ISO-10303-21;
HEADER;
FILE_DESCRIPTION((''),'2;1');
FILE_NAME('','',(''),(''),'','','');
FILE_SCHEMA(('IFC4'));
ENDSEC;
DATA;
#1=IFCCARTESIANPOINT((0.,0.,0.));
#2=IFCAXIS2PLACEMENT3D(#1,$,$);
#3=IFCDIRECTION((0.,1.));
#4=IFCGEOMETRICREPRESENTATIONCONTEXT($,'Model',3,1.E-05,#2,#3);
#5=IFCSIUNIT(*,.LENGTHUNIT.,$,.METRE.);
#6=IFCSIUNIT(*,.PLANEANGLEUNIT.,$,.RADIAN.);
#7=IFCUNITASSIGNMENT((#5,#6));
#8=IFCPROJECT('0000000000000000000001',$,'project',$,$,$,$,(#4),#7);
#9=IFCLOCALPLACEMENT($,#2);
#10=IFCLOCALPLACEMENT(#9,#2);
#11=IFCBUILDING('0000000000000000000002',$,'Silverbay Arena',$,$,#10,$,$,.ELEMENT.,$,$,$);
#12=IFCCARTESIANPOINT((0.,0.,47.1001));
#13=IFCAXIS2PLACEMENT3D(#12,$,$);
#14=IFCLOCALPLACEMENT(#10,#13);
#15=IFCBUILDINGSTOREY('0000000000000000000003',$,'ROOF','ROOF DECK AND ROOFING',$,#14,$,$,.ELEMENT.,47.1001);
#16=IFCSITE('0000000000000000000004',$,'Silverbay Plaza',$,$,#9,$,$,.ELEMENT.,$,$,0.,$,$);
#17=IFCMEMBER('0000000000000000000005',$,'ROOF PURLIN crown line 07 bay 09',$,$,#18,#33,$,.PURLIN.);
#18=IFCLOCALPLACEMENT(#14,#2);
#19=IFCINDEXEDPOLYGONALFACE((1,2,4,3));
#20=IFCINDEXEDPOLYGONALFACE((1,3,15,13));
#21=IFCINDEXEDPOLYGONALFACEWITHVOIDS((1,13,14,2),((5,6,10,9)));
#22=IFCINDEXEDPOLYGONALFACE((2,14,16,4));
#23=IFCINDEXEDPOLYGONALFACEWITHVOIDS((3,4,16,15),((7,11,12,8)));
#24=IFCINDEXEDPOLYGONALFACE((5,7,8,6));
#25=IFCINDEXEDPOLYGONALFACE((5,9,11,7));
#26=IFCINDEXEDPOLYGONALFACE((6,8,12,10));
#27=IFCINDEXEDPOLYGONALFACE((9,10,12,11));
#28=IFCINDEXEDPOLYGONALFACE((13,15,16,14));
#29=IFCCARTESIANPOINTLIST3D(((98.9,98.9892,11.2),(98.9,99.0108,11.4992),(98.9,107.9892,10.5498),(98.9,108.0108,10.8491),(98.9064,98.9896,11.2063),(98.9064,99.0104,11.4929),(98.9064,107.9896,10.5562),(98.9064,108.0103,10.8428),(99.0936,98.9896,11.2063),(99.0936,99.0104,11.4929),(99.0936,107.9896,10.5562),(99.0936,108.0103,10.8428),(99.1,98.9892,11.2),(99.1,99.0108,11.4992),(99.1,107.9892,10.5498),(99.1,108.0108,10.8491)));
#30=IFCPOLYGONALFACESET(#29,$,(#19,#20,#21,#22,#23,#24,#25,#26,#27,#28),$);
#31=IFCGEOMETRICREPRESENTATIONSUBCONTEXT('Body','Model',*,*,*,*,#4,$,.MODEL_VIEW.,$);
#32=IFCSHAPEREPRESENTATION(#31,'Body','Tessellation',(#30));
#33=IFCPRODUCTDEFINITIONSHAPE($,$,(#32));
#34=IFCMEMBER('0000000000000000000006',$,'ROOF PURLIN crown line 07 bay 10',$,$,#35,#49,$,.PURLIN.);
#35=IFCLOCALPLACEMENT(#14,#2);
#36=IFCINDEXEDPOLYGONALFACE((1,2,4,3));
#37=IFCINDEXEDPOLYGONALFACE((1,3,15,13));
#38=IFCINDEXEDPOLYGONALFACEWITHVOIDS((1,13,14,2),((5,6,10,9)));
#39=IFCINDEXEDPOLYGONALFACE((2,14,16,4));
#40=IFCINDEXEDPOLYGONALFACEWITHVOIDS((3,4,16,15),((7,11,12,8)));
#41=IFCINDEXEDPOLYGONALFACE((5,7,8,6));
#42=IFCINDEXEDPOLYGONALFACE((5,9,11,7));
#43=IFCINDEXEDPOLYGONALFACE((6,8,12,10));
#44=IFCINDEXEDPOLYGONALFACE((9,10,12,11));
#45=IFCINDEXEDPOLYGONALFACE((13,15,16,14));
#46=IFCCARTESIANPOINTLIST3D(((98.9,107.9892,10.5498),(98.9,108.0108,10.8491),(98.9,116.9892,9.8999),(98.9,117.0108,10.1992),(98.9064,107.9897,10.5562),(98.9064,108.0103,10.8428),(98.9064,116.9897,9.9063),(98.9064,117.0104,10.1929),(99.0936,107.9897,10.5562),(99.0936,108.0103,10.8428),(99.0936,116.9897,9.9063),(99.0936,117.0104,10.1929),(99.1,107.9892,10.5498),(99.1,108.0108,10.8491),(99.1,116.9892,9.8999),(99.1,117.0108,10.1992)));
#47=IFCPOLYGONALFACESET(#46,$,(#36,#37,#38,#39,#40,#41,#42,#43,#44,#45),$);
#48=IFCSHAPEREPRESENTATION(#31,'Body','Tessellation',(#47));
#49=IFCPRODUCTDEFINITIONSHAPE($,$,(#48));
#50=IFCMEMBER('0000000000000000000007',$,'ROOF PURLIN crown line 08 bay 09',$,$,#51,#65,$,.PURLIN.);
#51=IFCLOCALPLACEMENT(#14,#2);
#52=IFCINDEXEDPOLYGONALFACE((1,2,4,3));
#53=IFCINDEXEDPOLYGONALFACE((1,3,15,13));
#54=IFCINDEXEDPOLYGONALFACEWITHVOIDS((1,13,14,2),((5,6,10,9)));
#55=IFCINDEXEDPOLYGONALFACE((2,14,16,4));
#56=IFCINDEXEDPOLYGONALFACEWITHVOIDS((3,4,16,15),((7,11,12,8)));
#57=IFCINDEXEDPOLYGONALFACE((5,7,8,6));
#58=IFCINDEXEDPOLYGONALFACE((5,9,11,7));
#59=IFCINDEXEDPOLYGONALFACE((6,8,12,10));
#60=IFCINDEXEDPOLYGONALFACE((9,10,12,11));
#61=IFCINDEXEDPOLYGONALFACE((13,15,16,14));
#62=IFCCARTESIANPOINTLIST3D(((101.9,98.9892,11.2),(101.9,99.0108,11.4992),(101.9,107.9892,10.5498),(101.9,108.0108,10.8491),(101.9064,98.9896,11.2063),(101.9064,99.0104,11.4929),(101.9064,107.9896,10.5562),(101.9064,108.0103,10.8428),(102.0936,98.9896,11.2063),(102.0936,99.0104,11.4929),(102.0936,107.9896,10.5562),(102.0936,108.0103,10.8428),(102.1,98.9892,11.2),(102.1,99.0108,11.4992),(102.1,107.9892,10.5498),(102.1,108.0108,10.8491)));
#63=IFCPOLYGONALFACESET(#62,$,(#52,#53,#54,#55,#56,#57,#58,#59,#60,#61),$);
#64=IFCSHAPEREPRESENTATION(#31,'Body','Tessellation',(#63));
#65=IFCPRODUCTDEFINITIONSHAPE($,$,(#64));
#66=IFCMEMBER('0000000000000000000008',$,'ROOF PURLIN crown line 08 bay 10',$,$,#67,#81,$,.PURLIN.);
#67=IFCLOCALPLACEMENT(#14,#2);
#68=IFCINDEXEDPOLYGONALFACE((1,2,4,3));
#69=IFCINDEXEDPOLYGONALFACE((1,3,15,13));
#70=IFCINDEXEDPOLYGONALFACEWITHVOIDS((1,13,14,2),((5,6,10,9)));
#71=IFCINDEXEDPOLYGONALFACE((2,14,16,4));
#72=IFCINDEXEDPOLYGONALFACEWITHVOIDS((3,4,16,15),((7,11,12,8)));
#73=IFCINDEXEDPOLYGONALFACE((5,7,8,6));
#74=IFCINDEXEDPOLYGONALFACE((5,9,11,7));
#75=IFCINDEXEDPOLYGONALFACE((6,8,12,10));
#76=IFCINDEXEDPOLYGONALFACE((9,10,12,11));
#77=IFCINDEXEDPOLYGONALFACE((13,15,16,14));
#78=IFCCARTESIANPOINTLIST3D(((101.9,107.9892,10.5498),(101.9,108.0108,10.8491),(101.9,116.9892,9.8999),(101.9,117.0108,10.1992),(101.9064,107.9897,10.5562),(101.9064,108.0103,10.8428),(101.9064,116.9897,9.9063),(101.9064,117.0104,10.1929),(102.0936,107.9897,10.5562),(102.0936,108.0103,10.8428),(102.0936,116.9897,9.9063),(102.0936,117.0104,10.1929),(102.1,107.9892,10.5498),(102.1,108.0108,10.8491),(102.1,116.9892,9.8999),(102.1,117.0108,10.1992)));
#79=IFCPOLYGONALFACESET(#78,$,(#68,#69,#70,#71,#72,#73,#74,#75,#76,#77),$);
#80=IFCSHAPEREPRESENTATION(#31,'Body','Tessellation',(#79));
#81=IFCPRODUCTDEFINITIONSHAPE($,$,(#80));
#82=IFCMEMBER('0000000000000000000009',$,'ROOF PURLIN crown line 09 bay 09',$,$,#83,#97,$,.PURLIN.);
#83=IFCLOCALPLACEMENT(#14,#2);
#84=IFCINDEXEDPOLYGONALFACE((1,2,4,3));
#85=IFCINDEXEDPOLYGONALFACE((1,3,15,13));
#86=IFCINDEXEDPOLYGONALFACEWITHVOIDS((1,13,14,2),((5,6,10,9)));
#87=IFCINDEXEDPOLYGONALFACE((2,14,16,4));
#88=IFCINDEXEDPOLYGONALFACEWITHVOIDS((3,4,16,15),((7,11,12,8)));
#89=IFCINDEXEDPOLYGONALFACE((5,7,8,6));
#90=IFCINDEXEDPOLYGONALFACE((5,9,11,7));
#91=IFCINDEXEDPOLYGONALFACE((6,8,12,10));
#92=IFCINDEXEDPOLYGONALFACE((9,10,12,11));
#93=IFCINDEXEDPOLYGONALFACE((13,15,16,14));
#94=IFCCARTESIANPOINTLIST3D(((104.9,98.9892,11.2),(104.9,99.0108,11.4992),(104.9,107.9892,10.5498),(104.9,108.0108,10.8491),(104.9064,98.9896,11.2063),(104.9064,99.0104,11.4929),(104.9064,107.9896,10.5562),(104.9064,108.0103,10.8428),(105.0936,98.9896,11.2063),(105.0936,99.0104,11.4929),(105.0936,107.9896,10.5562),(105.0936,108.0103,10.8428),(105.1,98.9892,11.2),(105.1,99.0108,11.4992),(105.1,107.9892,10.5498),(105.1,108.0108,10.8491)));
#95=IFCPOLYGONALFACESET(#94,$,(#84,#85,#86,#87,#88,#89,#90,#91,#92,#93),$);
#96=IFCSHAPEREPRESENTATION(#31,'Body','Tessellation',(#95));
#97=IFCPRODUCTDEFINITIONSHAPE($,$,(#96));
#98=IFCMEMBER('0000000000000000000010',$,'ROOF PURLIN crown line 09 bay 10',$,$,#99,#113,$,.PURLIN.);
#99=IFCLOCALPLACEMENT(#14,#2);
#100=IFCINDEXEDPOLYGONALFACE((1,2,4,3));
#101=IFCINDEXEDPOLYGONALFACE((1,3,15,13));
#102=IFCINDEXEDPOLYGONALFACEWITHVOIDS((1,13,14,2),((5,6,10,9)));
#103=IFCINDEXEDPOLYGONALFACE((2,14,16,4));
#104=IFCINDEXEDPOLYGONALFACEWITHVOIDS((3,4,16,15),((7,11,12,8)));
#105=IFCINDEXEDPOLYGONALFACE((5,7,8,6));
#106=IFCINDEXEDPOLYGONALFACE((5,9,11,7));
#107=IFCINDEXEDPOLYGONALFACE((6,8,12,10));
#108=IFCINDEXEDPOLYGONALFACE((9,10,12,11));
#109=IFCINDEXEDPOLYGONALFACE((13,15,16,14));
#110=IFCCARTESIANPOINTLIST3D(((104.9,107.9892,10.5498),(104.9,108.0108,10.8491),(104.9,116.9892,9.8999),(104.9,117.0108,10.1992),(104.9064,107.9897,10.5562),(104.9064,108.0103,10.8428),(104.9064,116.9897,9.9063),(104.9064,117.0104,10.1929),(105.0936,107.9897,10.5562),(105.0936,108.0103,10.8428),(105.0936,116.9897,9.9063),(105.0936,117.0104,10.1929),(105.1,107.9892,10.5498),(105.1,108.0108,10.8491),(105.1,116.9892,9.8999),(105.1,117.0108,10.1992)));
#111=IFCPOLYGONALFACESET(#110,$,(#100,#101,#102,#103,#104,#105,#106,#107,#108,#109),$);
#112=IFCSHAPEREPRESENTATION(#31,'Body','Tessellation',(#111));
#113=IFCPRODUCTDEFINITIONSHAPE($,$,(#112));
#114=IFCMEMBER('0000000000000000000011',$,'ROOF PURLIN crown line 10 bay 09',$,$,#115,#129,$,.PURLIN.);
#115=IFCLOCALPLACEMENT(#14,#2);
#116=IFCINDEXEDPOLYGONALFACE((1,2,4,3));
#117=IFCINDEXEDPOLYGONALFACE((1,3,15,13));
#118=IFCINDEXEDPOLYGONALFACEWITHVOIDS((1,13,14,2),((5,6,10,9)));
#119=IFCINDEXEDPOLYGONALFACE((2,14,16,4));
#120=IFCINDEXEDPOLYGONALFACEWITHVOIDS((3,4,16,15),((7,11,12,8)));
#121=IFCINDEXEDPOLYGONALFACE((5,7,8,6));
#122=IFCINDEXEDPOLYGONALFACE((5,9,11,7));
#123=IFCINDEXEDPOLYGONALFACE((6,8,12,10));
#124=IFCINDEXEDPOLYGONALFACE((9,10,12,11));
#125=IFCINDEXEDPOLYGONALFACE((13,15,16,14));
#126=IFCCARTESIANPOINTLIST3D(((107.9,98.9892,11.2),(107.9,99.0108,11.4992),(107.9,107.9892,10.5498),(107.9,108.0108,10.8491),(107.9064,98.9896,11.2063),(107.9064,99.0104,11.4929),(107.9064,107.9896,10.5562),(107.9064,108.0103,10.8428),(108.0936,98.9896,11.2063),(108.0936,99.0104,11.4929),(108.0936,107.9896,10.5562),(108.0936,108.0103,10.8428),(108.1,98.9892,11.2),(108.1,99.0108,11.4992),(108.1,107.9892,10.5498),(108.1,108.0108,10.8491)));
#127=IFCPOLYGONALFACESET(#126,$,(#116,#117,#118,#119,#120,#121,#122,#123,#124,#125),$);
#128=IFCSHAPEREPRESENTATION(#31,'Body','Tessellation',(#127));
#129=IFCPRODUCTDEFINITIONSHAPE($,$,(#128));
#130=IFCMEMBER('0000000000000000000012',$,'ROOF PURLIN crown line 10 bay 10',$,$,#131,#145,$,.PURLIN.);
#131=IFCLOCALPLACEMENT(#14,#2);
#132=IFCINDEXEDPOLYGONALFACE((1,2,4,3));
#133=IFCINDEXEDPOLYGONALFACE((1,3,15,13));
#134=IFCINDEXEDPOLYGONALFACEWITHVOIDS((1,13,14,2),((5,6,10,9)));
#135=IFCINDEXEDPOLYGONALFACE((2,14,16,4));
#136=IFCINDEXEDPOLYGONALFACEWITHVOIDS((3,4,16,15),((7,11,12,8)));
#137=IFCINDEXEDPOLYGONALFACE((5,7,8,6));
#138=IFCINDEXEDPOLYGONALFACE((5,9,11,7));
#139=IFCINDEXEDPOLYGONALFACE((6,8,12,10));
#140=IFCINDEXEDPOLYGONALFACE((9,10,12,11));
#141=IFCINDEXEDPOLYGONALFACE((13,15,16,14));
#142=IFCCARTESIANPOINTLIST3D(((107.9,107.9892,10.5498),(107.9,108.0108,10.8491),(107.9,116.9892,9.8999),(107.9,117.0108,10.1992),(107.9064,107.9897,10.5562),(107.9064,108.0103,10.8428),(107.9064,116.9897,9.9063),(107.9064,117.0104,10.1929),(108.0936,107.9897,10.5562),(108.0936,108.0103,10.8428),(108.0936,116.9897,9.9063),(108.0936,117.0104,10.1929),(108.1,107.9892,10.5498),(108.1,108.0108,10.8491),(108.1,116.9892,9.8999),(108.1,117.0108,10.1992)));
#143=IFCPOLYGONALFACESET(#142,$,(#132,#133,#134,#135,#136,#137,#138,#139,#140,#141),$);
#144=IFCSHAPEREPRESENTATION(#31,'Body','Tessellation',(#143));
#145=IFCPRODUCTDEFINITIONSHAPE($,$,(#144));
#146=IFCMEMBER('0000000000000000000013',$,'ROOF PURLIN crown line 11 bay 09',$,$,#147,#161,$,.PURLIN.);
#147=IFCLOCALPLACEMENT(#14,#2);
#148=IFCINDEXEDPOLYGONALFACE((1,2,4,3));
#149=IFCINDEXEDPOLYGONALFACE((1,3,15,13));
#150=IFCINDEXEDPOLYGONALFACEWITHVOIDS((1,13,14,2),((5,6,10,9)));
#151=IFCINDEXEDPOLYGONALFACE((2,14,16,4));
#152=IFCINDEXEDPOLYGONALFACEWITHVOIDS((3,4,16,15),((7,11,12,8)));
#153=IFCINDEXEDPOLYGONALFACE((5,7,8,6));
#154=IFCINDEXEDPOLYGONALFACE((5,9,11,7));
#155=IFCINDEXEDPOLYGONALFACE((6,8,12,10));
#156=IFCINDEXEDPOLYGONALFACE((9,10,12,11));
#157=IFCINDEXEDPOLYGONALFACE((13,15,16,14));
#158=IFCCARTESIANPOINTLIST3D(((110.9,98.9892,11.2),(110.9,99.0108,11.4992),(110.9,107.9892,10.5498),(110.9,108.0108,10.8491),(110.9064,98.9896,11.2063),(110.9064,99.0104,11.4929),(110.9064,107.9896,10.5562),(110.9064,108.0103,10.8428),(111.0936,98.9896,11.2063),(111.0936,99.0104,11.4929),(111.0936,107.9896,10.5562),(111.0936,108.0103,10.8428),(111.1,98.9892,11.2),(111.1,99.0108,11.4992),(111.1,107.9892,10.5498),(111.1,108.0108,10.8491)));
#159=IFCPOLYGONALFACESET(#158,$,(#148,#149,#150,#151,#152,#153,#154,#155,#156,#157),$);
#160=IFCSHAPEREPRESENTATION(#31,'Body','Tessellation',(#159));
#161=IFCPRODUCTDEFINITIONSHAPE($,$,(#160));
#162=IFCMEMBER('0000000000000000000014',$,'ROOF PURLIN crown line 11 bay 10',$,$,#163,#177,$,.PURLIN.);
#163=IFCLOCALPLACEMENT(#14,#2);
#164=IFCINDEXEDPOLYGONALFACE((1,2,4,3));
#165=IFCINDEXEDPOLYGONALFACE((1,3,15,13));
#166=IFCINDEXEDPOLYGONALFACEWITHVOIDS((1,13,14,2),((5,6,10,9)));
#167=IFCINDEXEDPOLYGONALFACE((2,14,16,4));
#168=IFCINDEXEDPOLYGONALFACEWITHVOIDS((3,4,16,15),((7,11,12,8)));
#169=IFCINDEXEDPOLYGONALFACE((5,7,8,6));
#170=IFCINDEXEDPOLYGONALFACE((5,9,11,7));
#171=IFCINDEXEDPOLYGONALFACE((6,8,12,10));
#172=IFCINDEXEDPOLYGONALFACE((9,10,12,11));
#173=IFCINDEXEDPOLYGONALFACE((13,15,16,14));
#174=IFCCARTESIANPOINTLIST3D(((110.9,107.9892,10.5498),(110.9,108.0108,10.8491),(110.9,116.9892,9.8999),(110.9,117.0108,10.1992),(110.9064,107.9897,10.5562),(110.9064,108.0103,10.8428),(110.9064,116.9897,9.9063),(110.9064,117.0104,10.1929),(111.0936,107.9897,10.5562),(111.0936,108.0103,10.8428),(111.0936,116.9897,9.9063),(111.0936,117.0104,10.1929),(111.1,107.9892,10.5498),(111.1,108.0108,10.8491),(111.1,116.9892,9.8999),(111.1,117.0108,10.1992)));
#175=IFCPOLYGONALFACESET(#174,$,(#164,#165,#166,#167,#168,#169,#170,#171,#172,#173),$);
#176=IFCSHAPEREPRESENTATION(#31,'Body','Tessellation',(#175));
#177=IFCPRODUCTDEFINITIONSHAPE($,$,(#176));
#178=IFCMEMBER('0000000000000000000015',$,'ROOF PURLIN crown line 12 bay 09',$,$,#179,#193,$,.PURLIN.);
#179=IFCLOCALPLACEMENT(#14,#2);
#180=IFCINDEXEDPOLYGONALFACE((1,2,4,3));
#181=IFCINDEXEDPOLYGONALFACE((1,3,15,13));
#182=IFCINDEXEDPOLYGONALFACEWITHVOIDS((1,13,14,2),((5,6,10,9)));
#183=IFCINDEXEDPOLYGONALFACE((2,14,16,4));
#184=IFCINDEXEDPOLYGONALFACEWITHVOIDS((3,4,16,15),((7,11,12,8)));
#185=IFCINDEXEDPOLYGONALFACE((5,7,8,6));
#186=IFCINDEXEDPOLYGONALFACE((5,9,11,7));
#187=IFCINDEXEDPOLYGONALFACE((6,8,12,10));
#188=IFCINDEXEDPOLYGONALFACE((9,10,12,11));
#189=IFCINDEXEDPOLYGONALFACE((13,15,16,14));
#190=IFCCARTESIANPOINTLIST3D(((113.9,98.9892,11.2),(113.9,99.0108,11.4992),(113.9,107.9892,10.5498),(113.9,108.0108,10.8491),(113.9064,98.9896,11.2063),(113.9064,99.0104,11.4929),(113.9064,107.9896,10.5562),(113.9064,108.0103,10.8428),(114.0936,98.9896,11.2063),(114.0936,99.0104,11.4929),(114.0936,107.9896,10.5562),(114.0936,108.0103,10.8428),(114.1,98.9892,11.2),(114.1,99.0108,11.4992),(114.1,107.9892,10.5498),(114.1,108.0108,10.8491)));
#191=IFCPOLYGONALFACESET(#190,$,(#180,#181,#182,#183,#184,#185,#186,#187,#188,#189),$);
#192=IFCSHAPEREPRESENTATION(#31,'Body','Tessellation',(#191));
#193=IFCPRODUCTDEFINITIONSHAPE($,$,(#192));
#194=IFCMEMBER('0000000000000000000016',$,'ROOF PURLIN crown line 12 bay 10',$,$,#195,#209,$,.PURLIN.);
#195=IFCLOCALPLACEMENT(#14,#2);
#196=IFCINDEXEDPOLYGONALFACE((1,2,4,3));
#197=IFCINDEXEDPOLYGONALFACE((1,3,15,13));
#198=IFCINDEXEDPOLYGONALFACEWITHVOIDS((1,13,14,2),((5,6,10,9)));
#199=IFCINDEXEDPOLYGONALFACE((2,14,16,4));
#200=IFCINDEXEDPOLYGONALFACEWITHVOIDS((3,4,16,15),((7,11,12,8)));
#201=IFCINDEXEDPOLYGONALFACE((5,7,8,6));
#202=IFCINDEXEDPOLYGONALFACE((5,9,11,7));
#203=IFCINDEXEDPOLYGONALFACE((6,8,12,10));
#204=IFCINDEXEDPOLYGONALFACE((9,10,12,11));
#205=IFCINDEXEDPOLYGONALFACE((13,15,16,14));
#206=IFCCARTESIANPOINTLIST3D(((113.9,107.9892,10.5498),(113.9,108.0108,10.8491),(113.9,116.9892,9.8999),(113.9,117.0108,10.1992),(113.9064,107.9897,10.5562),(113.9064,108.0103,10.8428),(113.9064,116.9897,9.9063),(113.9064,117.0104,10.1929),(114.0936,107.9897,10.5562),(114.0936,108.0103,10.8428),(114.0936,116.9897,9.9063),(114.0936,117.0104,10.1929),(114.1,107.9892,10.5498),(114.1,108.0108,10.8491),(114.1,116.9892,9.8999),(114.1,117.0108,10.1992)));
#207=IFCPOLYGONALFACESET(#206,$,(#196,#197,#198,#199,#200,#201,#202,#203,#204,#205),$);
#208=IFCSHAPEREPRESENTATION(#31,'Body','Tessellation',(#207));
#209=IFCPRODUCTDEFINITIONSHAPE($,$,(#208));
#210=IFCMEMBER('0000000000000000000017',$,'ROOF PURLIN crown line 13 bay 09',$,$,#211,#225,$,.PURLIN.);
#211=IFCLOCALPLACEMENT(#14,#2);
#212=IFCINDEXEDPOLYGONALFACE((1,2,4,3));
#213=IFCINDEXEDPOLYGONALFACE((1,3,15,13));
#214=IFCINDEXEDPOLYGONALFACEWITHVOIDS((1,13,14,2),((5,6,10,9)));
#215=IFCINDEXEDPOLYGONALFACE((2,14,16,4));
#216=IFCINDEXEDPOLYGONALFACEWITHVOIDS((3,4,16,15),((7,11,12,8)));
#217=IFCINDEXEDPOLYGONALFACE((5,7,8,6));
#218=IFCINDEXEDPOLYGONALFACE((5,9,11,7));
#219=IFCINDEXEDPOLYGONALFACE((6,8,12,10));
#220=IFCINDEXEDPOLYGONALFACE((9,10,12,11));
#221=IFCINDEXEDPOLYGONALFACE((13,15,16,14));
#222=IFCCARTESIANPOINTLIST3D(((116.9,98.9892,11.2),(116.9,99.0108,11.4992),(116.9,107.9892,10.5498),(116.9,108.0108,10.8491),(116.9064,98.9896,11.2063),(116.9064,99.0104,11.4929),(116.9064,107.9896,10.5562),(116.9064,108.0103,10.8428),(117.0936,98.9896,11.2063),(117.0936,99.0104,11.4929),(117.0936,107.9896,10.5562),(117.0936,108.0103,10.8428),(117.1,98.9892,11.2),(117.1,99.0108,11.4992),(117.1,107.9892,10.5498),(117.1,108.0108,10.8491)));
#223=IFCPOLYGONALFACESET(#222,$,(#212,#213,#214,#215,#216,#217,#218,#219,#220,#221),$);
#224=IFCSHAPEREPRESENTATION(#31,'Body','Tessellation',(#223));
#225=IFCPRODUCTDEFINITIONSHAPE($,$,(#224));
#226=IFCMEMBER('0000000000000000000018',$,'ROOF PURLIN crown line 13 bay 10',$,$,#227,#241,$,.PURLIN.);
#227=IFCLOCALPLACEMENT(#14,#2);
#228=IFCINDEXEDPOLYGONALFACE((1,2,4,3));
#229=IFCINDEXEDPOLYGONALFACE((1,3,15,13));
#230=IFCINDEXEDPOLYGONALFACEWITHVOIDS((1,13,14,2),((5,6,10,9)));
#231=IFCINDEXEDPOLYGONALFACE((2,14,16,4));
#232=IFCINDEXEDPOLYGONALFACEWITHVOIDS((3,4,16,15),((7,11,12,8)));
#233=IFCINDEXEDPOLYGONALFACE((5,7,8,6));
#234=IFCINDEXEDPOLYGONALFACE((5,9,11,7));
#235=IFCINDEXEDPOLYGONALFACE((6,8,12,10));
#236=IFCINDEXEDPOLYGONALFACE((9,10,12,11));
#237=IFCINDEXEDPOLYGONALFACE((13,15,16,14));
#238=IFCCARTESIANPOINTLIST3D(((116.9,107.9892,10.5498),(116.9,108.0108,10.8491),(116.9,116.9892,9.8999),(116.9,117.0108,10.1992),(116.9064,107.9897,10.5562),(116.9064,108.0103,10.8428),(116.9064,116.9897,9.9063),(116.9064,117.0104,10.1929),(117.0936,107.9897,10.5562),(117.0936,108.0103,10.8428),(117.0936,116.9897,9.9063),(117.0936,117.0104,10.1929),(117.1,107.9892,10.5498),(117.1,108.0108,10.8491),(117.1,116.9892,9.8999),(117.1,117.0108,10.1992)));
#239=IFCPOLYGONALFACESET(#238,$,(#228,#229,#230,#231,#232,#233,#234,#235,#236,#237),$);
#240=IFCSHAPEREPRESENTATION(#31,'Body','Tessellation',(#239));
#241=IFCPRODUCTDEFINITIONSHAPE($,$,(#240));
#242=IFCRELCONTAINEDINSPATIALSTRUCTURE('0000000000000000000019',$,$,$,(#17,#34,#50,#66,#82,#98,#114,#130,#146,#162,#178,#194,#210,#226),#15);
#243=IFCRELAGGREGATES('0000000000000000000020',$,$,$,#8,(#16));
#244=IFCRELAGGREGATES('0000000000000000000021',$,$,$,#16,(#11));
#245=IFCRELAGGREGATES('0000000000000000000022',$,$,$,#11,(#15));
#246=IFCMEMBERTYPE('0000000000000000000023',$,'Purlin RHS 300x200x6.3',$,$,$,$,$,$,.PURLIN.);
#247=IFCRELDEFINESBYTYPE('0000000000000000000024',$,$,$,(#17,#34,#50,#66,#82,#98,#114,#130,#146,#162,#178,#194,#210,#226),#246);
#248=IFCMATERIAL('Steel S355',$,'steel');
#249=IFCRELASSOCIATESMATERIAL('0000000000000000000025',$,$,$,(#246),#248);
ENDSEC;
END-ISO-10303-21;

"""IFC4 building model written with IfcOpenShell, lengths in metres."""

from ifc_helpers import new_model, si_unit, direction, frame, origin, origin_2d, place, context, subcontext, project, spatial, hollow_rectangle, extrude, material, material_profile, profile_set, type_object, element, save


model = new_model("IFC4")

# Units and contexts
model_context = context("Model", 3, precision=1e-05, world=origin(), true_north=direction((0.0, 1.0)))
body_context = subcontext(model_context, "Body", "Model", "MODEL_VIEW")
ifc_project = project(units=[si_unit("LENGTHUNIT", "METRE"), si_unit("PLANEANGLEUNIT", "RADIAN")], contexts=[model_context])

# Site, building, storey
site_placement = place(None, origin())
site = spatial("IfcSite", under=ifc_project, at=site_placement, Name="Silverbay Plaza", CompositionType="ELEMENT", RefElevation=0.0)
building_placement = place(site_placement, origin())
building = spatial("IfcBuilding", under=site, at=building_placement, Name="Silverbay Arena", CompositionType="ELEMENT")
storey_placement = place(building_placement, frame((0.0, 0.0, 47.1001)))
storey = spatial("IfcBuildingStorey", under=building, at=storey_placement, Name="ROOF", Description="ROOF DECK AND ROOFING", CompositionType="ELEMENT", Elevation=47.1001)

# Members
ifc_material_1 = material(Name="Steel S355", Category="steel")
ifc_material_profile_1 = material_profile(ifc_material_1, hollow_rectangle(XDim=0.2, YDim=0.3, WallThickness=0.0063, at=origin_2d()), Name="RHS 300x200x6.3")
ifc_profile_set_1 = profile_set([ifc_material_profile_1], Name="Steel S355")
member_type_1 = type_object("IfcMemberType", Name="Purlin RHS 300x200x6.3", PredefinedType="PURLIN", material=ifc_profile_set_1)
for number, where, z_axis, x_axis, name in (
    (1, (99.0, 99.0, 11.3496), (0.0, 0.997401, -0.072051), (-1.0, 0.0, 0.0), "ROOF PURLIN crown line 07 bay 09"),
    (2, (99.0, 108.0, 10.6995), (0.0, 0.997403, -0.072024), (-1.0, 0.0, 0.0), "ROOF PURLIN crown line 07 bay 10"),
    (3, (102.0, 99.0, 11.3496), (0.0, 0.997401, -0.072051), (-1.0, 0.0, 0.0), "ROOF PURLIN crown line 08 bay 09"),
    (4, (102.0, 108.0, 10.6995), (0.0, 0.997403, -0.072024), (-1.0, 0.0, 0.0), "ROOF PURLIN crown line 08 bay 10"),
    (5, (105.0, 99.0, 11.3496), (0.0, 0.997401, -0.072051), (-1.0, 0.0, 0.0), "ROOF PURLIN crown line 09 bay 09"),
    (6, (105.0, 108.0, 10.6995), (0.0, 0.997403, -0.072024), (-1.0, 0.0, 0.0), "ROOF PURLIN crown line 09 bay 10"),
    (7, (108.0, 99.0, 11.3496), (0.0, 0.997401, -0.072051), (-1.0, 0.0, 0.0), "ROOF PURLIN crown line 10 bay 09"),
    (8, (108.0, 108.0, 10.6995), (0.0, 0.997403, -0.072024), (-1.0, 0.0, 0.0), "ROOF PURLIN crown line 10 bay 10"),
    (9, (111.0, 99.0, 11.3496), (0.0, 0.997401, -0.072051), (-1.0, 0.0, 0.0), "ROOF PURLIN crown line 11 bay 09"),
    (10, (111.0, 108.0, 10.6995), (0.0, 0.997403, -0.072024), (-1.0, 0.0, 0.0), "ROOF PURLIN crown line 11 bay 10"),
    (11, (114.0, 99.0, 11.3496), (0.0, 0.997401, -0.072051), (-1.0, 0.0, 0.0), "ROOF PURLIN crown line 12 bay 09"),
    (12, (114.0, 108.0, 10.6995), (0.0, 0.997403, -0.072024), (-1.0, 0.0, 0.0), "ROOF PURLIN crown line 12 bay 10"),
    (13, (117.0, 99.0, 11.3496), (0.0, 0.997401, -0.072051), (-1.0, 0.0, 0.0), "ROOF PURLIN crown line 13 bay 09"),
    (14, (117.0, 108.0, 10.6995), (0.0, 0.997403, -0.072024), (-1.0, 0.0, 0.0), "ROOF PURLIN crown line 13 bay 10"),
):
    element("IfcMember", number, at=place(storey_placement, frame(where, z_axis=z_axis, x_axis=x_axis)), inside=storey, type_object=member_type_1, Name=name, PredefinedType="PURLIN", context=body_context, shape_type="SweptSolid", body=[
        extrude(hollow_rectangle(XDim=0.2, YDim=0.3, WallThickness=0.0063, at=origin_2d()), origin(), (0.0, 0.0, 1.0), 9.0234),
    ])

save(model, "model.ifc")
